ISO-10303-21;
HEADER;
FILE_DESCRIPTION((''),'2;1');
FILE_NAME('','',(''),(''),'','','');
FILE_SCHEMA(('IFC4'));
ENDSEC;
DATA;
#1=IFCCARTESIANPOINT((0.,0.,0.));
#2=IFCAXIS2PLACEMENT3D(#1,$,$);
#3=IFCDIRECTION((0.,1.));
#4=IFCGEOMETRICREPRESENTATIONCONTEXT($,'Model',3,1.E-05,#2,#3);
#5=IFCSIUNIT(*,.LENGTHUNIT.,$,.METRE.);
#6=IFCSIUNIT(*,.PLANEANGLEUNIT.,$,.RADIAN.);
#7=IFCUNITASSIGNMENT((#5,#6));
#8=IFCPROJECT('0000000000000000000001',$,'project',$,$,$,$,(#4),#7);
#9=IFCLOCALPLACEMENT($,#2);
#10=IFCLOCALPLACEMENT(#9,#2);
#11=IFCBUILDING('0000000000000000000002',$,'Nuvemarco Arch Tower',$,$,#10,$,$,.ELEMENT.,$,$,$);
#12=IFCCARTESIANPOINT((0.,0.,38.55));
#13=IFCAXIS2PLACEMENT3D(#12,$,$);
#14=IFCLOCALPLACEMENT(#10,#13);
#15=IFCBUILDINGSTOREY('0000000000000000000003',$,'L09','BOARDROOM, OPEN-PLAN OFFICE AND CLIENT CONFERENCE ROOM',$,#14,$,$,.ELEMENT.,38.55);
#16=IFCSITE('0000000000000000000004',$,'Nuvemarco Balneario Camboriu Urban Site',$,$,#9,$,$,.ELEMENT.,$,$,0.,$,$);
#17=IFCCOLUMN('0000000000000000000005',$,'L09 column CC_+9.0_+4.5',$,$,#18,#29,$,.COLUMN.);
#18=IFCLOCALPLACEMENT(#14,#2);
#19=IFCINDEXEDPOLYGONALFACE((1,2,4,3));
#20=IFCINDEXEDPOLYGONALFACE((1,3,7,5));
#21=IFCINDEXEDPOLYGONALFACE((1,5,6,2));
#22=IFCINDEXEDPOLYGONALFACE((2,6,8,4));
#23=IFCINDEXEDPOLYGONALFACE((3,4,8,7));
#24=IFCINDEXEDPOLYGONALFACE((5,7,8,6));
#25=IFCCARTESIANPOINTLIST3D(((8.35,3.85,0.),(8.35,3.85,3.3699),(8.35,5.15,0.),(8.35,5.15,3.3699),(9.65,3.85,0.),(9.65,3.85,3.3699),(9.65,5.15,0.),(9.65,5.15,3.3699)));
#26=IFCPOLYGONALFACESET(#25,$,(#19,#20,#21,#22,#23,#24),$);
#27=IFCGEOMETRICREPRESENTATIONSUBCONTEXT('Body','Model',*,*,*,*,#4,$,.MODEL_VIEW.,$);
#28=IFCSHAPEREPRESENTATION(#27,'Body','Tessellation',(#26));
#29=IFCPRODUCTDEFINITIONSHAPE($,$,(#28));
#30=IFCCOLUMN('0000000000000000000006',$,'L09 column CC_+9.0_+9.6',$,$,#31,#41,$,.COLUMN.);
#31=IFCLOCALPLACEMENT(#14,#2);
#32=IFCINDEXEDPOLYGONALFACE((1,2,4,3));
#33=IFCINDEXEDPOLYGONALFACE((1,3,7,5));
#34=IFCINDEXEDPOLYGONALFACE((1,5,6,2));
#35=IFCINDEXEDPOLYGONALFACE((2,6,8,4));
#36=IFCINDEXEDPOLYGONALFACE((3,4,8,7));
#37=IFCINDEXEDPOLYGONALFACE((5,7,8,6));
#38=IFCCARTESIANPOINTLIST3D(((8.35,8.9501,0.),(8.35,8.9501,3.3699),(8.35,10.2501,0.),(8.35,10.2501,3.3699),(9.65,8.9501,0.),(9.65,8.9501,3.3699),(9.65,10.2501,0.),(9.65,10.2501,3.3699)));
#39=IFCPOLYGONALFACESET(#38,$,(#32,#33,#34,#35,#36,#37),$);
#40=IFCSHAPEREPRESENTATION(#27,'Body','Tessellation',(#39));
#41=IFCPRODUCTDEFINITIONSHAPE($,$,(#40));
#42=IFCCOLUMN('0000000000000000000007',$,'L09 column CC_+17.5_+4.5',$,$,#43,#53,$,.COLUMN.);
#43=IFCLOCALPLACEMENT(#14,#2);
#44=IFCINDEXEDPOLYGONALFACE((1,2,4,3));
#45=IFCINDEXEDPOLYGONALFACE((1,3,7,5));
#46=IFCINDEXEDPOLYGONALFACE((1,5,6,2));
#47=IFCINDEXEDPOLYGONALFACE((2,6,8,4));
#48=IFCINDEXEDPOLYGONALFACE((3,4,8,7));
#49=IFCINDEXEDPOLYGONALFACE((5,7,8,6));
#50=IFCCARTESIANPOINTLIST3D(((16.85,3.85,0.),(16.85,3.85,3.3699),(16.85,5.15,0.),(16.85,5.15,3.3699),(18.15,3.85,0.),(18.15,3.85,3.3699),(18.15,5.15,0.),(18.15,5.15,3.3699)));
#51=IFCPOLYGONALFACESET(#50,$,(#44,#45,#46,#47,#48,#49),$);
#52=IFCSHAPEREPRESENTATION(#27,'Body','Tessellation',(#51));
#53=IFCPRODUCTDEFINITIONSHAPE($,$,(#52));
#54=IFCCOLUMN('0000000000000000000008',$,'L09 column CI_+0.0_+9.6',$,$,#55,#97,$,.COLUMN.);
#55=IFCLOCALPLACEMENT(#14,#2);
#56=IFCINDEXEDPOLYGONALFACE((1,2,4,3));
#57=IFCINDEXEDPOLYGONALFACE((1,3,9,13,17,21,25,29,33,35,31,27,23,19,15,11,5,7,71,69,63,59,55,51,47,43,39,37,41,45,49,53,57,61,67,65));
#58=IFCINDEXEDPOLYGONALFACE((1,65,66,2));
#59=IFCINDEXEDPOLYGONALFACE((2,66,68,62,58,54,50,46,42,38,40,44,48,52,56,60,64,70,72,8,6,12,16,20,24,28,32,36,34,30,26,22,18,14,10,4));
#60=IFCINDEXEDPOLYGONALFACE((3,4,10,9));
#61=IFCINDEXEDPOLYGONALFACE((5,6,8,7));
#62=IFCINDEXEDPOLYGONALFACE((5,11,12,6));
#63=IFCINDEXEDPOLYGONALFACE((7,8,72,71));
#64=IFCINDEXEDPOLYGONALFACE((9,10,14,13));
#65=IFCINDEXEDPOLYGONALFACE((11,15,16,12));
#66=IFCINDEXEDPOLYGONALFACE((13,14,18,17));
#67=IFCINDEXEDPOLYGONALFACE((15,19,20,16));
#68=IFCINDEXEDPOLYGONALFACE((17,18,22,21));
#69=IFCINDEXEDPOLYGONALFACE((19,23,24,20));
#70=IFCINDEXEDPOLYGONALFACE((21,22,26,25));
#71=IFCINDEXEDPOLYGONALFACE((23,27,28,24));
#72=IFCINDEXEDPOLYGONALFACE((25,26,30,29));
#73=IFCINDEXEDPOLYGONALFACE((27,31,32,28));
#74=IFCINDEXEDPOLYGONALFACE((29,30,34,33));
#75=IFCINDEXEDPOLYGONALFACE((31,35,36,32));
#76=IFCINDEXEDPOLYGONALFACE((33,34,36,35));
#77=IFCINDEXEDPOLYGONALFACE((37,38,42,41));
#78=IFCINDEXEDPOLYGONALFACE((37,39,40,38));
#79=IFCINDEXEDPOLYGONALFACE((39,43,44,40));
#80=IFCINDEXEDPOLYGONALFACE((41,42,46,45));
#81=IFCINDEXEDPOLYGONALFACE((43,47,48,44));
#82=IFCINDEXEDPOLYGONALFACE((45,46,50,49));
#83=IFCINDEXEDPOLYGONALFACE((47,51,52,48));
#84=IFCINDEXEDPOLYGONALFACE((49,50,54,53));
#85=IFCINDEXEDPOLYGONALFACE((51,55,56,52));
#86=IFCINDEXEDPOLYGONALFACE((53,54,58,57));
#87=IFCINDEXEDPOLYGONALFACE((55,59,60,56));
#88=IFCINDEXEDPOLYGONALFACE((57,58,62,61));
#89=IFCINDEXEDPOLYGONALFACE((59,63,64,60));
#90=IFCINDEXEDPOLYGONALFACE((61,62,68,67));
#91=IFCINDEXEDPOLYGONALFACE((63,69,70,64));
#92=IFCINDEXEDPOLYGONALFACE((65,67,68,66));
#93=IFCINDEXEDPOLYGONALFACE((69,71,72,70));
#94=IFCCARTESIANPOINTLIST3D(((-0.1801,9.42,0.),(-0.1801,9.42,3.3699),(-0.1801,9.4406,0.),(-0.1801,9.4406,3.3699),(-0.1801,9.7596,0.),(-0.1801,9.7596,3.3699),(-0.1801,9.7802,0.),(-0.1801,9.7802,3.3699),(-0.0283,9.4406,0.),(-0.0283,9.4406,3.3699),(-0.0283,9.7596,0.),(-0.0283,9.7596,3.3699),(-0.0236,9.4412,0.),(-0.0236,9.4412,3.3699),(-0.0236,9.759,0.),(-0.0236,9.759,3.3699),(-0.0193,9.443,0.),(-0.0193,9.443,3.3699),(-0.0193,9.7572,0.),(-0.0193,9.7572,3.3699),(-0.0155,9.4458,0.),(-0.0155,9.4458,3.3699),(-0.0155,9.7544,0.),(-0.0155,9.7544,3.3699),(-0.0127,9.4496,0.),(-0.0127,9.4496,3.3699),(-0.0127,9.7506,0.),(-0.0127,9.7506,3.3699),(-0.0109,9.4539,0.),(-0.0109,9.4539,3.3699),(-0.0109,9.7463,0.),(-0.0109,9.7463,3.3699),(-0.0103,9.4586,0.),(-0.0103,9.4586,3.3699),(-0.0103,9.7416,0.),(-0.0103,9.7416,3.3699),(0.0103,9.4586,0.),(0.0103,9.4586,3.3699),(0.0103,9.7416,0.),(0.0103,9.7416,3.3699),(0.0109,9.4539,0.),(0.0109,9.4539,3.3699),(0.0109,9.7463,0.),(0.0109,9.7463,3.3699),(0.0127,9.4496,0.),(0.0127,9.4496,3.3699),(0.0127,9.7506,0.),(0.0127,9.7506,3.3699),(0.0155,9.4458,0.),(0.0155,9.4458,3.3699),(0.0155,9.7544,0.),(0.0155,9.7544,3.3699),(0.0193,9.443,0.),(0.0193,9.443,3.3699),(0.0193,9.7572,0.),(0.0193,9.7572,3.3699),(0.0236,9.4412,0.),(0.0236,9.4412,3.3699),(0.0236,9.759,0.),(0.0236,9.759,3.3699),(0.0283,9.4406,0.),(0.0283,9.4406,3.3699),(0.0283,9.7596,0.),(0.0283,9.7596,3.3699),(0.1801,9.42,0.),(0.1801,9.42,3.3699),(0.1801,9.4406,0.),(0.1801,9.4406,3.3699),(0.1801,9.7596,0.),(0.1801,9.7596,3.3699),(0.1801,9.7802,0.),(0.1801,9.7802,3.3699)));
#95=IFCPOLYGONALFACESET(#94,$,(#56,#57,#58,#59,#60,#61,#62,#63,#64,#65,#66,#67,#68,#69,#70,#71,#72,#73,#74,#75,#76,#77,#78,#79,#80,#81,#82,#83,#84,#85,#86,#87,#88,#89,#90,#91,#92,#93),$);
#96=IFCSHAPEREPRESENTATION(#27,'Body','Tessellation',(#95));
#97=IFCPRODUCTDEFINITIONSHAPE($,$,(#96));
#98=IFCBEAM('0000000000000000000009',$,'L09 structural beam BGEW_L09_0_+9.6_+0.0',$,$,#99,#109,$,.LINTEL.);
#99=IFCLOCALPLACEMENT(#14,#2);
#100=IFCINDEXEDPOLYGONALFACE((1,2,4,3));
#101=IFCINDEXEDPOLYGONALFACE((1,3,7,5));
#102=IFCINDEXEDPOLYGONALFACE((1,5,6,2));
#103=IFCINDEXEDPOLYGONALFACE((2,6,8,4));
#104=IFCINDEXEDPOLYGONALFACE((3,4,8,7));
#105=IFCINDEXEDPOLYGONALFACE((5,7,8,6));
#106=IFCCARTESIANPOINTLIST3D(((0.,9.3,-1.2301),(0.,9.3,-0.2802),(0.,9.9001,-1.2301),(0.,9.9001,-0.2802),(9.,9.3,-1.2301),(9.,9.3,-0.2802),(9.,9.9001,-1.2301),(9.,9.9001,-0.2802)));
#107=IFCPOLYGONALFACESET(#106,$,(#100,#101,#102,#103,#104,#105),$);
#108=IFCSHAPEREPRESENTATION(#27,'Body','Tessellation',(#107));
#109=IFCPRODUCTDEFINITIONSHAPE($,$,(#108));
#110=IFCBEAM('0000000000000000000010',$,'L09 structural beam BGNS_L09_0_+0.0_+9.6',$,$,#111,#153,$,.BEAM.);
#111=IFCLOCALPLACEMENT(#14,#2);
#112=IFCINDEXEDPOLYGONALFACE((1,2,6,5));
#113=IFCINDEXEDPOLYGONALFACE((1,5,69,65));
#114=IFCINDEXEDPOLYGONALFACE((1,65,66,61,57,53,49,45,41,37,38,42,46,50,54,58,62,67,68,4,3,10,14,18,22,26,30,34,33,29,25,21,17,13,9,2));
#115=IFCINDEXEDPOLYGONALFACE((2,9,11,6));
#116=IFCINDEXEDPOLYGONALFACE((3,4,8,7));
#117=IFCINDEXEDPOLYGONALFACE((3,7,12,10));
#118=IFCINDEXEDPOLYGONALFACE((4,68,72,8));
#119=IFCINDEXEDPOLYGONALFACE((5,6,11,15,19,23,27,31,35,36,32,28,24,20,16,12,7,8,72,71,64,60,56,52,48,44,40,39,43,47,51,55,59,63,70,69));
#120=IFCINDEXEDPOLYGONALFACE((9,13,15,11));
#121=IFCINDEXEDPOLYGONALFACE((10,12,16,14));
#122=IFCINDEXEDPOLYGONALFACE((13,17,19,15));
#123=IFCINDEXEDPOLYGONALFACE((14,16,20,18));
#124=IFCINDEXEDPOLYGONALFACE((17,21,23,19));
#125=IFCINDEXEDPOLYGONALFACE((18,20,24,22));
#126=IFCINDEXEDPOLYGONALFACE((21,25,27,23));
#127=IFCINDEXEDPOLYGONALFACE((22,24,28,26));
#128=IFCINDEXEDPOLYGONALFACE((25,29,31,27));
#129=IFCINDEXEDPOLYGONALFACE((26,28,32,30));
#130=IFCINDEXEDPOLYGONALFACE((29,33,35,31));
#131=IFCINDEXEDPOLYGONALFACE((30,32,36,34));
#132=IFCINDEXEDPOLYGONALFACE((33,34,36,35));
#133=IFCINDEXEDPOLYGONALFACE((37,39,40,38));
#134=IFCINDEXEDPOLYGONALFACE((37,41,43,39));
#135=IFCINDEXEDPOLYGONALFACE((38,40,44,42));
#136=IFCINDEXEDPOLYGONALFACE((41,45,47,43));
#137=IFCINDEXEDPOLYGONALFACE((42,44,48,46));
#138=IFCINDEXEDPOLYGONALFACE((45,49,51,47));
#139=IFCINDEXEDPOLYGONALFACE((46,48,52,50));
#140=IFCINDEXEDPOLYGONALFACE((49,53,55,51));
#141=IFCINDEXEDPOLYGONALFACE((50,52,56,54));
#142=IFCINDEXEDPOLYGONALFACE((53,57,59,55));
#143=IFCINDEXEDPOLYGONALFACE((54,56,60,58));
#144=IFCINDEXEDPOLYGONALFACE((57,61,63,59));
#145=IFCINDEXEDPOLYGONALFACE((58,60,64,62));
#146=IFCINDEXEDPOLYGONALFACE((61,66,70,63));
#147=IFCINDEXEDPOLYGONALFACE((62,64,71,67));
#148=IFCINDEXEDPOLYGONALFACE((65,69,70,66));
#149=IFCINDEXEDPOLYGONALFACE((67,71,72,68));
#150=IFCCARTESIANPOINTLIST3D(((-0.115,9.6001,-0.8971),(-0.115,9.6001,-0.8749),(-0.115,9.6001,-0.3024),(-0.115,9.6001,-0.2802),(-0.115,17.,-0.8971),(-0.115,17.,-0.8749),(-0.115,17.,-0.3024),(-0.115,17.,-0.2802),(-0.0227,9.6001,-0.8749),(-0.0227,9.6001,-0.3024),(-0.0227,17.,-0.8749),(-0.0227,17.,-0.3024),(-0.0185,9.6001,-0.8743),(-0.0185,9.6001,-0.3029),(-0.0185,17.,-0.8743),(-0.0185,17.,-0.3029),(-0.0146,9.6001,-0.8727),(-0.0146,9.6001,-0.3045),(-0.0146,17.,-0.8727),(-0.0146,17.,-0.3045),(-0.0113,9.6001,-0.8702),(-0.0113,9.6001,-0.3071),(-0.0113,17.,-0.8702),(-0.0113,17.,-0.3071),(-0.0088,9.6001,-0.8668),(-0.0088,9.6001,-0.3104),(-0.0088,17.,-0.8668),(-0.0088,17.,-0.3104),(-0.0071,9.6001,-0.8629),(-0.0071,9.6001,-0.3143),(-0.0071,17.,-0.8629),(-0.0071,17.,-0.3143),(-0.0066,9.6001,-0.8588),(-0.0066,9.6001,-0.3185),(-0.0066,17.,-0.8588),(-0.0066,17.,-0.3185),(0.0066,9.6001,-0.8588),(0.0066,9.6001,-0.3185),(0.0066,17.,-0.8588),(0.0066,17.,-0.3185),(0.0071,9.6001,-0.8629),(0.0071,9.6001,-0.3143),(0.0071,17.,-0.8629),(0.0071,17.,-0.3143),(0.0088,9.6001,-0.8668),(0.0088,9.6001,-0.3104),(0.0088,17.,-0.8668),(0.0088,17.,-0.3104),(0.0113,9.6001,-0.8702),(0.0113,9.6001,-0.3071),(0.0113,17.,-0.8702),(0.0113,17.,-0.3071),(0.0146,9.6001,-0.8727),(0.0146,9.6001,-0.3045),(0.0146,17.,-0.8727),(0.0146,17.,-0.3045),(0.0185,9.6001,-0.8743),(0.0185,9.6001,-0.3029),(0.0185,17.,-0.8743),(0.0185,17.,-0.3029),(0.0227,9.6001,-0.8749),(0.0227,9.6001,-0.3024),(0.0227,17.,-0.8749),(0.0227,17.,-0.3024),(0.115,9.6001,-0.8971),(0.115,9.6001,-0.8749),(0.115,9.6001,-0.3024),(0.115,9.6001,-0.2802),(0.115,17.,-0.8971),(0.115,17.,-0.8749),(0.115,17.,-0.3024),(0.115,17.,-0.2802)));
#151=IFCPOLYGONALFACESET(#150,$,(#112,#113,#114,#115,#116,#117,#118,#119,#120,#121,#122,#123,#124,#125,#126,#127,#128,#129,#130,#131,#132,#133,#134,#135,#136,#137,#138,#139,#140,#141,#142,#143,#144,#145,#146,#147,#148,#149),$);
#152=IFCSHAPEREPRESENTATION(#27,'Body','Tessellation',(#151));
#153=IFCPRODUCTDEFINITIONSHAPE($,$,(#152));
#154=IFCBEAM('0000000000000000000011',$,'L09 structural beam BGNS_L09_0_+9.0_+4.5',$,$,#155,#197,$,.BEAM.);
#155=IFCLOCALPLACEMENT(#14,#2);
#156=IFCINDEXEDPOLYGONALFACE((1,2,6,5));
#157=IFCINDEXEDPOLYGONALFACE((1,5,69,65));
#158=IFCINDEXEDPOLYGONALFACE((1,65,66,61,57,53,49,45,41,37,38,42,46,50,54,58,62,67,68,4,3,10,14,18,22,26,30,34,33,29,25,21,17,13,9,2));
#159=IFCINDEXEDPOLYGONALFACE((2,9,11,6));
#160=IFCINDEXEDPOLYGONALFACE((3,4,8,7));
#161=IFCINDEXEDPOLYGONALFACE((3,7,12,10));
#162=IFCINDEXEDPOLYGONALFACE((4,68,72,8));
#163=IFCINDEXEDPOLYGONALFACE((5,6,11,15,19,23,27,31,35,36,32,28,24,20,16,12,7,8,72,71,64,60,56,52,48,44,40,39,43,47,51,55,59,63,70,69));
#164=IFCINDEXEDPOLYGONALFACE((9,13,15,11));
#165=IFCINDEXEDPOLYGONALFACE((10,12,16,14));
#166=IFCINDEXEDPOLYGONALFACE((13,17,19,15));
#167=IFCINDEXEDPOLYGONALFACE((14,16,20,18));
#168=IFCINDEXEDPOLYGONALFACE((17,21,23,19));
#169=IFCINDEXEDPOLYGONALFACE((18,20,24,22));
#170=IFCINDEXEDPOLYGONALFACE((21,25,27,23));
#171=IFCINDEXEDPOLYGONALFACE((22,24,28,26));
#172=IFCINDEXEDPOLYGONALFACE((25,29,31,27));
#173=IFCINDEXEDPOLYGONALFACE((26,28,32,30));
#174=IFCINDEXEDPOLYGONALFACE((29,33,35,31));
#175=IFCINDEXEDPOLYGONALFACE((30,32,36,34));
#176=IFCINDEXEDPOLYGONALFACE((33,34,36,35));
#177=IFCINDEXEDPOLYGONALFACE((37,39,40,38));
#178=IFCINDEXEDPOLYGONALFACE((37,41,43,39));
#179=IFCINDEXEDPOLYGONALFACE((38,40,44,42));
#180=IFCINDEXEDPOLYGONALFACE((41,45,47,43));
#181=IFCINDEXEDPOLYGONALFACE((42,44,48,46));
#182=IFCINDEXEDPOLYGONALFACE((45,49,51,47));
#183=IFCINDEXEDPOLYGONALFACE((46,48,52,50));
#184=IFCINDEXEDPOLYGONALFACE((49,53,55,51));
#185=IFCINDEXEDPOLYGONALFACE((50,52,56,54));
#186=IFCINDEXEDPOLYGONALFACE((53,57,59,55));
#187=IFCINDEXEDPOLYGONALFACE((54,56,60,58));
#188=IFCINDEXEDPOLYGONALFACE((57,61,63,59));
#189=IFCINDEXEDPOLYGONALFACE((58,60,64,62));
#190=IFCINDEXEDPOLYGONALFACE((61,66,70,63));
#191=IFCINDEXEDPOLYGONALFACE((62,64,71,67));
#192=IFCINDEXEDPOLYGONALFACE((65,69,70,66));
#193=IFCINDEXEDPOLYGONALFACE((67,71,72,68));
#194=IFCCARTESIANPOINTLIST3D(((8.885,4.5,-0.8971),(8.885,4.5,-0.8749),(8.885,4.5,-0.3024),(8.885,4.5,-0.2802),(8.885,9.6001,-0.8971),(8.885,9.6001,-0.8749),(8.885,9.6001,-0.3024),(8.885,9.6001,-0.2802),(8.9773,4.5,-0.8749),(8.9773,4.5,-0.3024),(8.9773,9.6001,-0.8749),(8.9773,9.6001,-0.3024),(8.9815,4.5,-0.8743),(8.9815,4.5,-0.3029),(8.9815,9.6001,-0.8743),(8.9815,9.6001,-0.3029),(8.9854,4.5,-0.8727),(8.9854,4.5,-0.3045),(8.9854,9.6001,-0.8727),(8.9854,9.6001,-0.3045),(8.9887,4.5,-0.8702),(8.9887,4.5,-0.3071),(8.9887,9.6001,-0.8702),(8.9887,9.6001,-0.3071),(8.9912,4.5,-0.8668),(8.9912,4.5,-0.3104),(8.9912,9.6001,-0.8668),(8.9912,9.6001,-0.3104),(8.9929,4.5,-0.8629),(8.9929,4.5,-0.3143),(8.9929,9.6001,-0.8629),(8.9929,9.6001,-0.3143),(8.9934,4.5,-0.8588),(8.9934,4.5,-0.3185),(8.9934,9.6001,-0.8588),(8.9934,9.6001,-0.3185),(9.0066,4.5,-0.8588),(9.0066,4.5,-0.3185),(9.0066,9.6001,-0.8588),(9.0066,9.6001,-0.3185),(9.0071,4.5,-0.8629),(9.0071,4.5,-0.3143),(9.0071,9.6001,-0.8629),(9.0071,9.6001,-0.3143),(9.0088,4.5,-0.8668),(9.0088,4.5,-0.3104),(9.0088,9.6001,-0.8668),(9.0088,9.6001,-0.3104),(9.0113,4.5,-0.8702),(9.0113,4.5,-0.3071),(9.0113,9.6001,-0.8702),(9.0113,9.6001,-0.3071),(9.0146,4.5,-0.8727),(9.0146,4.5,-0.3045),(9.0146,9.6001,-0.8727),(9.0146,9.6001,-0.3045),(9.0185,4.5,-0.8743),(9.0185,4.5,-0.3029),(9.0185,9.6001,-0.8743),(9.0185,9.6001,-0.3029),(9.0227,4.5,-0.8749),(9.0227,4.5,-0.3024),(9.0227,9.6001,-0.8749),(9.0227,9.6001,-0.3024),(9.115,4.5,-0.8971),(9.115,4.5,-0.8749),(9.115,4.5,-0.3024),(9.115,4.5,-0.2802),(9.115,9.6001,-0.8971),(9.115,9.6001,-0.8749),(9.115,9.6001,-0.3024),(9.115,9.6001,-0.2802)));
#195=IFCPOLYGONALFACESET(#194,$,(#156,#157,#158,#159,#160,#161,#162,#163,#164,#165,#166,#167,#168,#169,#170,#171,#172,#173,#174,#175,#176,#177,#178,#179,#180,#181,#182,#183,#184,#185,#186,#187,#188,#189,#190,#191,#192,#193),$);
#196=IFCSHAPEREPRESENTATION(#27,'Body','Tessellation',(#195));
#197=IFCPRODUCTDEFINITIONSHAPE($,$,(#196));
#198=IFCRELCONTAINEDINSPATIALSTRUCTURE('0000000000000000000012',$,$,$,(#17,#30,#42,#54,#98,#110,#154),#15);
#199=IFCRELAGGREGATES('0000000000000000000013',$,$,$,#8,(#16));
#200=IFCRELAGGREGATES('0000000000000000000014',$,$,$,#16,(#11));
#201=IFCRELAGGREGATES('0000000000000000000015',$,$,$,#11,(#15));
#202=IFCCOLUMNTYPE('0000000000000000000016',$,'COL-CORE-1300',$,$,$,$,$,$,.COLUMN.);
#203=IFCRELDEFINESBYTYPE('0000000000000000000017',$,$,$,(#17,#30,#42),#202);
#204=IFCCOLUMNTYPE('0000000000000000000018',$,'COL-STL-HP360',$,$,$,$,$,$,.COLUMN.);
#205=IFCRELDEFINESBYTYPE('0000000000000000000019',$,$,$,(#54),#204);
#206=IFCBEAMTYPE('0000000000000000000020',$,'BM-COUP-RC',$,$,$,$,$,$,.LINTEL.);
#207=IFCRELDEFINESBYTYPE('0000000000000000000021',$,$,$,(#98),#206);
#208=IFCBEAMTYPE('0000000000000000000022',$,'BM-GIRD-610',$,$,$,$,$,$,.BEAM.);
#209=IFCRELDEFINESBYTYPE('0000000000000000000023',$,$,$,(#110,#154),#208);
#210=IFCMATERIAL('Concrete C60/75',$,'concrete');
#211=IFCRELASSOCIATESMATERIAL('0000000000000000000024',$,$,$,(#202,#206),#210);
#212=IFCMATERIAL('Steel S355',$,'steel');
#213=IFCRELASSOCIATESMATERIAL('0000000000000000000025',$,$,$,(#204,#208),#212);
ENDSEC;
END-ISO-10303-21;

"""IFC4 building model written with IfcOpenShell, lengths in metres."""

from ifc_helpers import new_model, si_unit, direction, frame, origin, origin_2d, place, context, subcontext, project, spatial, rectangle, i_section, extrude, material, material_profile, profile_set, type_object, element, save


model = new_model("IFC4")

# Units and contexts
model_context = context("Model", 3, precision=1e-05, world=origin(), true_north=direction((0.0, 1.0)))
body_context = subcontext(model_context, "Body", "Model", "MODEL_VIEW")
ifc_project = project(units=[si_unit("LENGTHUNIT", "METRE"), si_unit("PLANEANGLEUNIT", "RADIAN")], contexts=[model_context])

# Site, building, storey
site_placement = place(None, origin())
site = spatial("IfcSite", under=ifc_project, at=site_placement, Name="Nuvemarco Balneario Camboriu Urban Site", CompositionType="ELEMENT", RefElevation=0.0)
building_placement = place(site_placement, origin())
building = spatial("IfcBuilding", under=site, at=building_placement, Name="Nuvemarco Arch Tower", CompositionType="ELEMENT")
storey_placement = place(building_placement, frame((0.0, 0.0, 38.55)))
storey = spatial("IfcBuildingStorey", under=building, at=storey_placement, Name="L09", Description="BOARDROOM, OPEN-PLAN OFFICE AND CLIENT CONFERENCE ROOM", CompositionType="ELEMENT", Elevation=38.55)

# Columns
ifc_material_1 = material(Name="Concrete C60/75", Category="concrete")
ifc_material_profile_1 = material_profile(ifc_material_1, rectangle(XDim=1.3, YDim=1.3, at=origin_2d()), Name="RC-COL-1300x1300")
ifc_profile_set_1 = profile_set([ifc_material_profile_1], Name="Concrete C60/75")
column_type_1 = type_object("IfcColumnType", Name="COL-CORE-1300", PredefinedType="COLUMN", material=ifc_profile_set_1)
for number, where, z_axis, x_axis, name in (
    (1, (9.0, 4.5, 0.0), (0.0, 0.0, 1.0), (1.0, 0.0, 0.0), "L09 column CC_+9.0_+4.5"),
    (2, (9.0, 9.6001, 0.0), (0.0, 0.0, 1.0), (1.0, 0.0, 0.0), "L09 column CC_+9.0_+9.6"),
    (3, (17.5, 4.5, 0.0), (0.0, 0.0, 1.0), (1.0, 0.0, 0.0), "L09 column CC_+17.5_+4.5"),
):
    element("IfcColumn", number, at=place(storey_placement, frame(where, z_axis=z_axis, x_axis=x_axis)), inside=storey, type_object=column_type_1, Name=name, PredefinedType="COLUMN", context=body_context, shape_type="SweptSolid", body=[
        extrude(rectangle(XDim=1.3, YDim=1.3, at=origin_2d()), origin(), (0.0, 0.0, 1.0), 3.3699),
    ])
ifc_material_2 = material(Name="Steel S355", Category="steel")
ifc_material_profile_2 = material_profile(ifc_material_2, i_section(OverallWidth=0.3601, OverallDepth=0.3601, WebThickness=0.0205, FlangeThickness=0.0205, FilletRadius=0.0181, at=origin_2d()), Name="HP360x174")
ifc_profile_set_2 = profile_set([ifc_material_profile_2], Name="Steel S355")
column_type_2 = type_object("IfcColumnType", Name="COL-STL-HP360", PredefinedType="COLUMN", material=ifc_profile_set_2)
column_placement = place(storey_placement, frame((0.0, 9.6001, 0.0), z_axis=(0.0, 0.0, 1.0), x_axis=(1.0, 0.0, 0.0)))
element("IfcColumn", 4, at=column_placement, inside=storey, type_object=column_type_2, Name="L09 column CI_+0.0_+9.6", PredefinedType="COLUMN", context=body_context, shape_type="SweptSolid", body=[
    extrude(i_section(OverallWidth=0.3601, OverallDepth=0.3601, WebThickness=0.0205, FlangeThickness=0.0205, FilletRadius=0.0181, at=origin_2d()), origin(), (0.0, 0.0, 1.0), 3.3699),
])

# Beams
ifc_material_profile_3 = material_profile(ifc_material_1, rectangle(XDim=0.6001, YDim=0.95, at=origin_2d()), Name="RC-BM-600x950")
ifc_profile_set_3 = profile_set([ifc_material_profile_3], Name="Concrete C60/75")
beam_type_1 = type_object("IfcBeamType", Name="BM-COUP-RC", PredefinedType="LINTEL", material=ifc_profile_set_3)
beam_1_placement = place(storey_placement, frame((0.0, 9.6001, -0.7551), z_axis=(1.0, 0.0, 0.0), x_axis=(0.0, 1.0, 0.0)))
element("IfcBeam", 5, at=beam_1_placement, inside=storey, type_object=beam_type_1, Name="L09 structural beam BGEW_L09_0_+9.6_+0.0", PredefinedType="LINTEL", context=body_context, shape_type="SweptSolid", body=[
    extrude(rectangle(XDim=0.6001, YDim=0.95, at=origin_2d()), origin(), (0.0, 0.0, 1.0), 9.0),
])
ifc_material_profile_4 = material_profile(ifc_material_2, i_section(OverallWidth=0.23, OverallDepth=0.6169, WebThickness=0.0132, FlangeThickness=0.0222, FilletRadius=0.0161, at=origin_2d()), Name="W610x140")
ifc_profile_set_4 = profile_set([ifc_material_profile_4], Name="Steel S355")
beam_type_2 = type_object("IfcBeamType", Name="BM-GIRD-610", PredefinedType="BEAM", material=ifc_profile_set_4)
beam_2_placement = place(storey_placement, frame((0.0, 9.6001, -0.5886), z_axis=(0.0, 1.0, 0.0), x_axis=(-1.0, 0.0, 0.0)))
element("IfcBeam", 6, at=beam_2_placement, inside=storey, type_object=beam_type_2, Name="L09 structural beam BGNS_L09_0_+0.0_+9.6", PredefinedType="BEAM", context=body_context, shape_type="SweptSolid", body=[
    extrude(i_section(OverallWidth=0.23, OverallDepth=0.6169, WebThickness=0.0132, FlangeThickness=0.0222, FilletRadius=0.0161, at=origin_2d()), origin(), (0.0, 0.0, 1.0), 7.3999),
])
for number, where, z_axis, x_axis, name in (
    (7, (9.0, 4.5, -0.5886), (0.0, 1.0, 0.0), (-1.0, 0.0, 0.0), "L09 structural beam BGNS_L09_0_+9.0_+4.5"),
):
    element("IfcBeam", number, at=place(storey_placement, frame(where, z_axis=z_axis, x_axis=x_axis)), inside=storey, type_object=beam_type_2, Name=name, PredefinedType="BEAM", context=body_context, shape_type="SweptSolid", body=[
        extrude(i_section(OverallWidth=0.23, OverallDepth=0.6169, WebThickness=0.0132, FlangeThickness=0.0222, FilletRadius=0.0161, at=origin_2d()), origin(), (0.0, 0.0, 1.0), 5.1001),
    ])

save(model, "model.ifc")
